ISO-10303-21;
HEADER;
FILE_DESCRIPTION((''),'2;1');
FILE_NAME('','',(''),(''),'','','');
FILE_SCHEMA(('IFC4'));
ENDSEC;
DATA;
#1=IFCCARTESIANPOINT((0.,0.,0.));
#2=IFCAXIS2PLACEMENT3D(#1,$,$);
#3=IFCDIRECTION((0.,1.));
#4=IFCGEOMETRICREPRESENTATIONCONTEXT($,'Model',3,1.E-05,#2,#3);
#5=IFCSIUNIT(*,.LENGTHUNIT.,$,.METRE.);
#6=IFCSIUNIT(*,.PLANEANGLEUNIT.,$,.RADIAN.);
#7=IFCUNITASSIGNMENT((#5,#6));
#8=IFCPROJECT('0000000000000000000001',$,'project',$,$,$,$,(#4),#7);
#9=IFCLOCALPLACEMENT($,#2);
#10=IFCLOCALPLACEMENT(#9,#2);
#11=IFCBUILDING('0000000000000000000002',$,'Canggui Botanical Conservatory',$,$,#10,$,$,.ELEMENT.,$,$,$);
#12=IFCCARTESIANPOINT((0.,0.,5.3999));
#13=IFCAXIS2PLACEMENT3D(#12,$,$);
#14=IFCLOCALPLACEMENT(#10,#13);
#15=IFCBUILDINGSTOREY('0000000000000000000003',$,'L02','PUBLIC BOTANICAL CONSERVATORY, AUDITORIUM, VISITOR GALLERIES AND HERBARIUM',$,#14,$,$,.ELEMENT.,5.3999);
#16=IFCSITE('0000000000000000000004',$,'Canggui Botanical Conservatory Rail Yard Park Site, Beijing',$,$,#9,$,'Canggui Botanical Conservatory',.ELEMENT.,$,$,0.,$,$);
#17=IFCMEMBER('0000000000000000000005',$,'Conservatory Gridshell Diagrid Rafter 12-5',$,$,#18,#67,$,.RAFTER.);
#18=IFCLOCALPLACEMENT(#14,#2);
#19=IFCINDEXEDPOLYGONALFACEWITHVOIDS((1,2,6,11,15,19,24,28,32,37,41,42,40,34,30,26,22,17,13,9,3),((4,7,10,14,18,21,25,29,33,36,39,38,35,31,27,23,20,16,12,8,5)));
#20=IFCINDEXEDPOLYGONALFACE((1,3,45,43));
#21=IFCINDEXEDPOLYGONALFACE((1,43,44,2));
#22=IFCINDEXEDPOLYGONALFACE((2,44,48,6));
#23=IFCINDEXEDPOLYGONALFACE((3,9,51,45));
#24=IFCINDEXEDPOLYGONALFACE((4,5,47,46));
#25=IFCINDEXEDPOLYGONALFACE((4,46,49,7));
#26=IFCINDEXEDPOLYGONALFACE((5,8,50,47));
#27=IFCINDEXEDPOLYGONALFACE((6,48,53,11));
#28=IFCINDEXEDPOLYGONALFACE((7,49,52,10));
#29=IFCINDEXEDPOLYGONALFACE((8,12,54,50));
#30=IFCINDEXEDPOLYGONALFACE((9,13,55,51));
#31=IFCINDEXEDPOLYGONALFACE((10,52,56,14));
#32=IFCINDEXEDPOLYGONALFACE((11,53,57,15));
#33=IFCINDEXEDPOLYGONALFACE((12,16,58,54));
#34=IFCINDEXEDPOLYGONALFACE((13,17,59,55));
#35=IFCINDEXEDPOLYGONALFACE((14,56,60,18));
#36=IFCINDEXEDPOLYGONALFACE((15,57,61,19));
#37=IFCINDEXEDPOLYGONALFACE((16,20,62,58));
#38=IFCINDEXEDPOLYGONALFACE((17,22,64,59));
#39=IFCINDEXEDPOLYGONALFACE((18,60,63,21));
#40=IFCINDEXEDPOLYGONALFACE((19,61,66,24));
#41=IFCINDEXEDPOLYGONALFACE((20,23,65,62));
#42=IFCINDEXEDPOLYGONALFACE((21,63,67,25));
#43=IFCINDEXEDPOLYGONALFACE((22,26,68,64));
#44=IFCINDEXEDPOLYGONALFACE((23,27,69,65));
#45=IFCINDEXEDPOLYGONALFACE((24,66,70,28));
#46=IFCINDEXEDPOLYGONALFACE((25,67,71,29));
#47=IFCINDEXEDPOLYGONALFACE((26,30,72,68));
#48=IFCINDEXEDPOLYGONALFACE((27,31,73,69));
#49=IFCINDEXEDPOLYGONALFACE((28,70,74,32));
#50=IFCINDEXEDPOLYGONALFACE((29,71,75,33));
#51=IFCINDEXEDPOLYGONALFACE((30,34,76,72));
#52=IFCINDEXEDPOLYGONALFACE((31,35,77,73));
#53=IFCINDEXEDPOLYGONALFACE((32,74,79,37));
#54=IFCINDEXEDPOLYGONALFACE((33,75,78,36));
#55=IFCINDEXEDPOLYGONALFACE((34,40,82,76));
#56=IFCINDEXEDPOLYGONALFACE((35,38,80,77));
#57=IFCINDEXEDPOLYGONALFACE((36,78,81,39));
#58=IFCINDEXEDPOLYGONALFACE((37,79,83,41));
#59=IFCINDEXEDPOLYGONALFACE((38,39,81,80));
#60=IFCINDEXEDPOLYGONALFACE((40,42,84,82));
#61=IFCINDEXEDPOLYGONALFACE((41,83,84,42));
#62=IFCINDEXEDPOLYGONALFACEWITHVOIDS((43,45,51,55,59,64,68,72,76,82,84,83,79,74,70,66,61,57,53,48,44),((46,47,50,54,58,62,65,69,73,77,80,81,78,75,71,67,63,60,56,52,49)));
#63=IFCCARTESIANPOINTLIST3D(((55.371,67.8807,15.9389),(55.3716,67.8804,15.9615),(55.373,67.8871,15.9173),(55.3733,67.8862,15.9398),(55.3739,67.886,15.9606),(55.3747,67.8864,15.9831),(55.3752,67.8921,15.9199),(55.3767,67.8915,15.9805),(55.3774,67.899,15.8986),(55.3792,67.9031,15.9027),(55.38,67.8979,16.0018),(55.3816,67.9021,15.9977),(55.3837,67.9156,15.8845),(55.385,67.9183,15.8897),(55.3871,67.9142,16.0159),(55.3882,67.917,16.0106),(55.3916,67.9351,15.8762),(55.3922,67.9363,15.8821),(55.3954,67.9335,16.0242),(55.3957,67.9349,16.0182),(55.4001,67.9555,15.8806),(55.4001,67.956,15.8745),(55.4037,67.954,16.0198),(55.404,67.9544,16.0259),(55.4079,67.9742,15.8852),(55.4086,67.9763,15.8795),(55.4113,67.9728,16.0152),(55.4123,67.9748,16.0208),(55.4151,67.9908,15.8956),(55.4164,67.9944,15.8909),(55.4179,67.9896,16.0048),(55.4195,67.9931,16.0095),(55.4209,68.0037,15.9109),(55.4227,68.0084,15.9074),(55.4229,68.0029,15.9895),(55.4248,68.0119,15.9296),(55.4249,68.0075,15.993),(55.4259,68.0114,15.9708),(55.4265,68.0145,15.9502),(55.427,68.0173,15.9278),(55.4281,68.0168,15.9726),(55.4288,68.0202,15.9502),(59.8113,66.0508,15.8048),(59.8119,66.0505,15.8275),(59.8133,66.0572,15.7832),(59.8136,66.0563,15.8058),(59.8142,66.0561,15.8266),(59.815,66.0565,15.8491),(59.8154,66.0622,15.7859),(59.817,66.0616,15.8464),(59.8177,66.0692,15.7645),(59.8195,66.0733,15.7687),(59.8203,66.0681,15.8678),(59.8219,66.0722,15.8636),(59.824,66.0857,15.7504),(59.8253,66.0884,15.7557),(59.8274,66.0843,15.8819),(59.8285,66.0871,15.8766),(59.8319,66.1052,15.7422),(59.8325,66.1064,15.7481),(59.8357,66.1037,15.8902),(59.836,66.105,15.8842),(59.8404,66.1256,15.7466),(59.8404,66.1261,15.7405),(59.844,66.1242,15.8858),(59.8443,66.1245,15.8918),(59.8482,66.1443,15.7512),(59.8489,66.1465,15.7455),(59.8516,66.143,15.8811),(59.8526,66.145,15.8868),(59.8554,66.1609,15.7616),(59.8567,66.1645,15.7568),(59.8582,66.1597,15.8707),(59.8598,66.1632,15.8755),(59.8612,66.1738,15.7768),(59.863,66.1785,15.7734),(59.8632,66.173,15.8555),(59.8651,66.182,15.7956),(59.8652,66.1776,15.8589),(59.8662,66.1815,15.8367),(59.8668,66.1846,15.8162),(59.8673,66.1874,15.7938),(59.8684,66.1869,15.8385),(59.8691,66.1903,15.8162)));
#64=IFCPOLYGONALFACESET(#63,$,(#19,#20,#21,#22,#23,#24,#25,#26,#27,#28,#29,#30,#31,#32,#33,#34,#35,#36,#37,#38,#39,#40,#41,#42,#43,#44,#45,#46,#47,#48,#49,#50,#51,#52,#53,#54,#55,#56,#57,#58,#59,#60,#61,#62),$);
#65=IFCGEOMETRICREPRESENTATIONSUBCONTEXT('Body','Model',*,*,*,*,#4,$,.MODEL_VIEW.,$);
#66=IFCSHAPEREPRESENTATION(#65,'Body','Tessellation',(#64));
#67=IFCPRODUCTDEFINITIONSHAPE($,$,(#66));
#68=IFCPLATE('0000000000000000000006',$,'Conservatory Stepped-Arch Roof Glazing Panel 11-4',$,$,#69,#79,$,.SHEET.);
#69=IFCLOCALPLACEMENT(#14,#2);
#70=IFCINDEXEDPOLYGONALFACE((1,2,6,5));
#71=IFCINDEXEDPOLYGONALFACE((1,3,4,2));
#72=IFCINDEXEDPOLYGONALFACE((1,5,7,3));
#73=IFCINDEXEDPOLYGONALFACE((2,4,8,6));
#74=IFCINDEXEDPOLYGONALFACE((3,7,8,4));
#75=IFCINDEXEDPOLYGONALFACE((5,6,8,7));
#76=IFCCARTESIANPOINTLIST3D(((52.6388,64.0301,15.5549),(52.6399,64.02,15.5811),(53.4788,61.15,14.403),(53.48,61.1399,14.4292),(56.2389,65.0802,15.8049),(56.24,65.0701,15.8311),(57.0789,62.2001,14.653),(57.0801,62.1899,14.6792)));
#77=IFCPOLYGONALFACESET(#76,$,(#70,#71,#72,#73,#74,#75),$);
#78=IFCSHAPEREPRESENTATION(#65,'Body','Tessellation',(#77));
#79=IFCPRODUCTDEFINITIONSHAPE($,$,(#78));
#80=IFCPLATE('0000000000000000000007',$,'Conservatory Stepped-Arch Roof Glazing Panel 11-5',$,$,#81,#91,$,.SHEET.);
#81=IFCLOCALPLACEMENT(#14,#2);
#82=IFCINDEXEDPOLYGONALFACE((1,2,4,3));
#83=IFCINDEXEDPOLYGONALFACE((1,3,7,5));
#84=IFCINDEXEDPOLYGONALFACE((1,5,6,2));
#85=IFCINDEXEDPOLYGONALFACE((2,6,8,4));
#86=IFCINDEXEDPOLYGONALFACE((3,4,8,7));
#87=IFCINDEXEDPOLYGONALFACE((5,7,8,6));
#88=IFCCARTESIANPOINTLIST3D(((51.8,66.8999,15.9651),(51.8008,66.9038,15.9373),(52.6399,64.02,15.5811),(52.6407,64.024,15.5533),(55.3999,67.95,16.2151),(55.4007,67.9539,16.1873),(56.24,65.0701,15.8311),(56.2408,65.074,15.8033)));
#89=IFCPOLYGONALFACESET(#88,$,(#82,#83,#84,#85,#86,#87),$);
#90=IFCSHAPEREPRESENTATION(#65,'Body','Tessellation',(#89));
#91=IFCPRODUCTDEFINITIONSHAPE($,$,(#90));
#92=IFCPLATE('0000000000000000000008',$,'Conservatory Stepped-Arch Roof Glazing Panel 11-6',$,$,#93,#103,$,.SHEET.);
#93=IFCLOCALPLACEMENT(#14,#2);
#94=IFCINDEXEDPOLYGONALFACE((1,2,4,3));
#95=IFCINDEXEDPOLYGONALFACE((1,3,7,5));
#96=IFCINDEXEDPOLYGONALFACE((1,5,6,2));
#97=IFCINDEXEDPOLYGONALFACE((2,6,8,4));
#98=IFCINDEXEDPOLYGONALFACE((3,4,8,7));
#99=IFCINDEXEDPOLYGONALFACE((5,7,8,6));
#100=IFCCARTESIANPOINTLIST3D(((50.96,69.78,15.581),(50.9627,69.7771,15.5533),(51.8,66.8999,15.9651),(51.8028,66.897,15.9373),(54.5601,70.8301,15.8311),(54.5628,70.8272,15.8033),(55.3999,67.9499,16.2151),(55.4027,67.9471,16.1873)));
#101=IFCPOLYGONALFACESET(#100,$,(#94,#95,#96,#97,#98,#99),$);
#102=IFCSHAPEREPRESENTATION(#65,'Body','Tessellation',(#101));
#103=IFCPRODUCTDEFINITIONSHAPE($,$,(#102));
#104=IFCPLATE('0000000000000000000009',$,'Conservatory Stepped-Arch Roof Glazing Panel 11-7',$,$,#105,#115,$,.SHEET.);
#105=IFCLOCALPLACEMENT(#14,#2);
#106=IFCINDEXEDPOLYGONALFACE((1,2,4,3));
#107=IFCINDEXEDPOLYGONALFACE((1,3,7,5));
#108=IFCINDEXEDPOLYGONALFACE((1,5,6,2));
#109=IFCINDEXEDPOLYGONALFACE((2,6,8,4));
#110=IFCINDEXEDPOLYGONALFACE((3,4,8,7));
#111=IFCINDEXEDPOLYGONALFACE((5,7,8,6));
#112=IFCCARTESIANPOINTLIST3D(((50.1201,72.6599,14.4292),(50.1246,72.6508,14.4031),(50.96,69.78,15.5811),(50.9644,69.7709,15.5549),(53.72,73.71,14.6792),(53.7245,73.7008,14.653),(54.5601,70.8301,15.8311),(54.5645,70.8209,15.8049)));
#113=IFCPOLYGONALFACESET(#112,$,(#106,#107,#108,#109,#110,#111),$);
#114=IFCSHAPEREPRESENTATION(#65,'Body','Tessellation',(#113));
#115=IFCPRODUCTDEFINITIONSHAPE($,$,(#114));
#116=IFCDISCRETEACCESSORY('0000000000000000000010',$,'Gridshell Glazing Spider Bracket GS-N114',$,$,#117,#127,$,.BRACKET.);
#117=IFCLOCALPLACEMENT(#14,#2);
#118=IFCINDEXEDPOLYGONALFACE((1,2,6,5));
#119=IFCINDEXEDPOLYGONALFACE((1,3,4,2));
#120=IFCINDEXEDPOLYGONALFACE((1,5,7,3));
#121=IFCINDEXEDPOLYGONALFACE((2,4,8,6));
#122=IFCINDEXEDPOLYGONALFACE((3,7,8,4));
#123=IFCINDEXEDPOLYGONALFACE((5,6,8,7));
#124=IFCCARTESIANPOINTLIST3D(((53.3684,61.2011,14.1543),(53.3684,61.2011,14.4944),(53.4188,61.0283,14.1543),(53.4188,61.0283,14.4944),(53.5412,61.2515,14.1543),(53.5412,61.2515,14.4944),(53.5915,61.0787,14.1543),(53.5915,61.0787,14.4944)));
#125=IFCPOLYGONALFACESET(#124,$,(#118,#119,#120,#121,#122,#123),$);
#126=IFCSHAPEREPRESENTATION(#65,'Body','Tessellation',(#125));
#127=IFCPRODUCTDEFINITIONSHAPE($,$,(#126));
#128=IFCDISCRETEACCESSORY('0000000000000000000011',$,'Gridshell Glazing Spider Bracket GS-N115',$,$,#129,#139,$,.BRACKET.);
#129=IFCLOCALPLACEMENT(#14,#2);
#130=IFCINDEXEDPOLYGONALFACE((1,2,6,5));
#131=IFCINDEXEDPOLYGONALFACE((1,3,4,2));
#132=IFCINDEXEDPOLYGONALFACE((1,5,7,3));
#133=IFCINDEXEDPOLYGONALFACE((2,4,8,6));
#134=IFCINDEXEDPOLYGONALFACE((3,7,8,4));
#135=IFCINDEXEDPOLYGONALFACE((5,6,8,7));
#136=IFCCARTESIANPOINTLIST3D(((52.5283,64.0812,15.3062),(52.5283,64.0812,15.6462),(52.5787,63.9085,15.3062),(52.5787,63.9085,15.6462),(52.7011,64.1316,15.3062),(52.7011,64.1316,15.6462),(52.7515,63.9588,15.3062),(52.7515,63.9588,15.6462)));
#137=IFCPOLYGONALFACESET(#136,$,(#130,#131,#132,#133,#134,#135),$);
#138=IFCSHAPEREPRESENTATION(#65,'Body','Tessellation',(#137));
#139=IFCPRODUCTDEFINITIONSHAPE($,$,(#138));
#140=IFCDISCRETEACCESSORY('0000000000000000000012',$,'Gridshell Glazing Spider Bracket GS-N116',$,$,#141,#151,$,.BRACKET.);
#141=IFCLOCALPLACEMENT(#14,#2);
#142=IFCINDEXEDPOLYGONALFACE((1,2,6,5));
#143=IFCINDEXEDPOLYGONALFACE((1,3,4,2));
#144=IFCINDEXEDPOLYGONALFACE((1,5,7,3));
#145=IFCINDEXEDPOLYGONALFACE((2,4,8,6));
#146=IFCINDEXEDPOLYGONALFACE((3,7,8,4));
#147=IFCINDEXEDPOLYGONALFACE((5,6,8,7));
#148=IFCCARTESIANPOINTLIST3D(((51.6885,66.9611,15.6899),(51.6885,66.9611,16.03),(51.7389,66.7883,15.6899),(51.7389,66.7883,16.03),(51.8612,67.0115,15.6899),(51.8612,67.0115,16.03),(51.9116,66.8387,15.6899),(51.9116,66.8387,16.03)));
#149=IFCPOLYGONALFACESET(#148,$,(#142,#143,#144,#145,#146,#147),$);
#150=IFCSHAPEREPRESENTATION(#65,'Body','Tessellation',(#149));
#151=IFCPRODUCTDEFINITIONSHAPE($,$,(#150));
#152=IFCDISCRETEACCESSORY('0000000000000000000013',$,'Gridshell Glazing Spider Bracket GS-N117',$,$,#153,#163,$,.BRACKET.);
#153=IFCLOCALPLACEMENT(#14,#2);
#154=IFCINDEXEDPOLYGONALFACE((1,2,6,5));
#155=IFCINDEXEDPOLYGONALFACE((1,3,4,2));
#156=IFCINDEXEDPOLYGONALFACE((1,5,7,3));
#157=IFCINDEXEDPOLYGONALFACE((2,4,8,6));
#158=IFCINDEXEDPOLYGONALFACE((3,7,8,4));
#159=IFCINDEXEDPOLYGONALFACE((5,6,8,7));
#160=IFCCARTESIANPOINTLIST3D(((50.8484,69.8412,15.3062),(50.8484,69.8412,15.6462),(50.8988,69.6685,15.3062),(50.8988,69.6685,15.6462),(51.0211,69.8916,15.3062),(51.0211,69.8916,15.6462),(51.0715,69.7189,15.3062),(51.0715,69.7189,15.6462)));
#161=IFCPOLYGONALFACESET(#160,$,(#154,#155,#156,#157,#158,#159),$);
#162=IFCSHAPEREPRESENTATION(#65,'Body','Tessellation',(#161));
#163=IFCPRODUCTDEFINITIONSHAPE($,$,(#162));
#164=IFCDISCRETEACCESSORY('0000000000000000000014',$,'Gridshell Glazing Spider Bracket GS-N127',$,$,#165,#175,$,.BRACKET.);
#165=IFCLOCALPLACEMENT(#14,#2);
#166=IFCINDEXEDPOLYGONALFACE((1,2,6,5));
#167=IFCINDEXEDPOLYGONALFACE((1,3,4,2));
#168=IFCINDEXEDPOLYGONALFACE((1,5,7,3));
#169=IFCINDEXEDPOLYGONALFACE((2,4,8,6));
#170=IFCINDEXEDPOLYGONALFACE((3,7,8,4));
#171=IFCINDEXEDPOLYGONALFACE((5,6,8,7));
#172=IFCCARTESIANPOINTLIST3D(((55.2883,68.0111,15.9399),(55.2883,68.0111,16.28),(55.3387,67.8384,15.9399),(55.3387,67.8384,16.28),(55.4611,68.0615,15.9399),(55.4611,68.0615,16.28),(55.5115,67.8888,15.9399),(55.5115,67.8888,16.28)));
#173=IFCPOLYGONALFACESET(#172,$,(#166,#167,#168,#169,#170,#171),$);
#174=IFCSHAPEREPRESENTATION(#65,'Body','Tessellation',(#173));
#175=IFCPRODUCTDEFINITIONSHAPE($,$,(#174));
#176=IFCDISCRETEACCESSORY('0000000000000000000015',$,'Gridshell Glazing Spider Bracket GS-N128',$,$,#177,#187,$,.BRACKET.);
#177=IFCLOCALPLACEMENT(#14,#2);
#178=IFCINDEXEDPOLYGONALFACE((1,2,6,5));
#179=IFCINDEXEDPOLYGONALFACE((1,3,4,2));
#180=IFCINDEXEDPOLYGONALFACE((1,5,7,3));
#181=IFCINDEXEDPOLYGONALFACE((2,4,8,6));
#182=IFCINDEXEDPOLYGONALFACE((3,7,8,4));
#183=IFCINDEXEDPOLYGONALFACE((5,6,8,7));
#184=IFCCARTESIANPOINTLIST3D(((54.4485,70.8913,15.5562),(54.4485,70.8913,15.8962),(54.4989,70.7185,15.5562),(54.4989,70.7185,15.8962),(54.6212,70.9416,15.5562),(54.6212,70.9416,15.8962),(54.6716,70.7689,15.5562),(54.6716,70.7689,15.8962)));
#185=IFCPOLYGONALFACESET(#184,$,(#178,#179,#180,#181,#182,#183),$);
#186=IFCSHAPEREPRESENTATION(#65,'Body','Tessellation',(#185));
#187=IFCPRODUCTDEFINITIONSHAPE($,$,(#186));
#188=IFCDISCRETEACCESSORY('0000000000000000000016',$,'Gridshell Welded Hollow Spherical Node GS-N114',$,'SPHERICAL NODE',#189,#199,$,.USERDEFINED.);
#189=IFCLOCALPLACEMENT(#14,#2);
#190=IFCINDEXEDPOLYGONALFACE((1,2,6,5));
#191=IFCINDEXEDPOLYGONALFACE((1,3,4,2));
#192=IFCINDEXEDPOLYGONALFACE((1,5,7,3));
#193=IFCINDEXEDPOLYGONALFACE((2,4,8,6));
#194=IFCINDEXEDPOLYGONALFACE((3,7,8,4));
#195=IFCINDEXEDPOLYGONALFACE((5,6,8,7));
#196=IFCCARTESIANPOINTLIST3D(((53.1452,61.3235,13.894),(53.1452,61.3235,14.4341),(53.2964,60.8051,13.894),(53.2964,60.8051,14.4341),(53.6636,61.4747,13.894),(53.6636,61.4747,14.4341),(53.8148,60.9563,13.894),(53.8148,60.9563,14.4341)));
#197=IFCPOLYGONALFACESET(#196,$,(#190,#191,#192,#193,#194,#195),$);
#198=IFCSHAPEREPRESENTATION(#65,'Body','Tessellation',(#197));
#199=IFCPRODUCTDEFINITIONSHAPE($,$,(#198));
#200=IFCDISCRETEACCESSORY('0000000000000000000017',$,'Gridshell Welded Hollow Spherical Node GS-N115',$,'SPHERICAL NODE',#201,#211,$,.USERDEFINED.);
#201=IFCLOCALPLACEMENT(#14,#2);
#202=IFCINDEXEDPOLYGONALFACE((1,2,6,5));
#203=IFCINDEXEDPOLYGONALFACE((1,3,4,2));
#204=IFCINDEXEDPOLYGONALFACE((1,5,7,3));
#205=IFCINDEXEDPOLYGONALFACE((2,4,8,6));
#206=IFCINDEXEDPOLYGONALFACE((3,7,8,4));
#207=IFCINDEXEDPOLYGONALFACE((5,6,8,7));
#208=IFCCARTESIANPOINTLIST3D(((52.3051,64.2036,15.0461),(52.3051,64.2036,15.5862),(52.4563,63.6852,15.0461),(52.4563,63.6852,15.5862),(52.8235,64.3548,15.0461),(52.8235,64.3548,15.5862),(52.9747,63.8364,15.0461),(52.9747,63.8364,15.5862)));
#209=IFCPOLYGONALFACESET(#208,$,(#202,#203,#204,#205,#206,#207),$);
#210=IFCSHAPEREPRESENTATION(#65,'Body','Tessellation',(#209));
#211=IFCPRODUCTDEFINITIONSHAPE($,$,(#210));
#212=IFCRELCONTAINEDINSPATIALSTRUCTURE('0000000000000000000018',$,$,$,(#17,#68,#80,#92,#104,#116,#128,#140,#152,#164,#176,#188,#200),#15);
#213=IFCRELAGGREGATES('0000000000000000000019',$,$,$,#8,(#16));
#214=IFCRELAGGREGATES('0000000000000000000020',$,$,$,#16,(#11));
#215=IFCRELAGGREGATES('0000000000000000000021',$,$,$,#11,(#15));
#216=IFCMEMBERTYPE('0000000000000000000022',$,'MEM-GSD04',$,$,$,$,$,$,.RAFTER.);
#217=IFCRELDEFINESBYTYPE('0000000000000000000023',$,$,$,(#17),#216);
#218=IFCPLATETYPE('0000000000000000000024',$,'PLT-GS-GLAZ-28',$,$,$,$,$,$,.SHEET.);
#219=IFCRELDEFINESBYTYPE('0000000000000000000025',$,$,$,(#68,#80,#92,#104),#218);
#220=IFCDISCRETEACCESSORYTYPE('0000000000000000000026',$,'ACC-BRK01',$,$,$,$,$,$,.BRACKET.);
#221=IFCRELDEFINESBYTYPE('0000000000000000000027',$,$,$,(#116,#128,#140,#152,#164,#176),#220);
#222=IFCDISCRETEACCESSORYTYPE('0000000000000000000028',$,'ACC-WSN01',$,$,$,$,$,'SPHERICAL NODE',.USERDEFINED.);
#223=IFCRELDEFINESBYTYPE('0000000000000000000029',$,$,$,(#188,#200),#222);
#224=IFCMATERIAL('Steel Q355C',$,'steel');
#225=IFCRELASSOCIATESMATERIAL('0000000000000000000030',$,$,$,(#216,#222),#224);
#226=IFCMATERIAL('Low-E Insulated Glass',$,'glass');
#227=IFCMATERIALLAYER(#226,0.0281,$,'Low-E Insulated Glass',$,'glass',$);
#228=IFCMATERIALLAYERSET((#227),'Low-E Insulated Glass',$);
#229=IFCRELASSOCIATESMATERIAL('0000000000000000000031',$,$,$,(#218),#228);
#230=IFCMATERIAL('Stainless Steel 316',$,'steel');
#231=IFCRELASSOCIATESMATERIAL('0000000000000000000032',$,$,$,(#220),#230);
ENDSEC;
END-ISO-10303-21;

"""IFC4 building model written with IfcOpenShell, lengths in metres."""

from ifc_helpers import new_model, si_unit, direction, frame, origin, origin_2d, place, context, subcontext, project, spatial, polyline, rectangle, hollow_circle, outline, extrude, material, layer, layer_set, material_profile, profile_set, type_object, element, save


model = new_model("IFC4")

# Units and contexts
model_context = context("Model", 3, precision=1e-05, world=origin(), true_north=direction((0.0, 1.0)))
body_context = subcontext(model_context, "Body", "Model", "MODEL_VIEW")
ifc_project = project(units=[si_unit("LENGTHUNIT", "METRE"), si_unit("PLANEANGLEUNIT", "RADIAN")], contexts=[model_context])

# Site, building, storey
site_placement = place(None, origin())
site = spatial("IfcSite", under=ifc_project, at=site_placement, Name="Canggui Botanical Conservatory Rail Yard Park Site, Beijing", LongName="Canggui Botanical Conservatory", CompositionType="ELEMENT", RefElevation=0.0)
building_placement = place(site_placement, origin())
building = spatial("IfcBuilding", under=site, at=building_placement, Name="Canggui Botanical Conservatory", CompositionType="ELEMENT")
storey_placement = place(building_placement, frame((0.0, 0.0, 5.3999)))
storey = spatial("IfcBuildingStorey", under=building, at=storey_placement, Name="L02", Description="PUBLIC BOTANICAL CONSERVATORY, AUDITORIUM, VISITOR GALLERIES AND HERBARIUM", CompositionType="ELEMENT", Elevation=5.3999)

# Shared definitions
ifc_material_1 = material(Name="Steel Q355C", Category="steel")

# Member
ifc_material_profile_1 = material_profile(ifc_material_1, hollow_circle(Radius=0.0759, WallThickness=0.0061, at=origin_2d()), Name="CHS 152x6")
ifc_profile_set_1 = profile_set([ifc_material_profile_1], Name="Steel Q355C")
member_type_1 = type_object("IfcMemberType", Name="MEM-GSD04", PredefinedType="RAFTER", material=ifc_profile_set_1)
member_1_placement = place(storey_placement, frame((55.3999, 67.95, 15.9502), z_axis=(0.924207, -0.380873, -0.027898), x_axis=(0.381021, 0.924566, 0.0)))
element("IfcMember", 1, at=member_1_placement, inside=storey, type_object=member_type_1, Name="Conservatory Gridshell Diagrid Rafter 12-5", PredefinedType="RAFTER", context=body_context, shape_type="SweptSolid", body=[
    extrude(hollow_circle(Radius=0.0759, WallThickness=0.0061, at=origin_2d()), origin(), (0.0, 0.0, 1.0), 4.8044),
])

# Plates
ifc_material_2 = material(Name="Low-E Insulated Glass", Category="glass")
ifc_layer = layer(ifc_material_2, 0.0281, Name="Low-E Insulated Glass", Category="glass")
ifc_layer_set = layer_set([ifc_layer], Name="Low-E Insulated Glass")
plate_type = type_object("IfcPlateType", Name="PLT-GS-GLAZ-28", PredefinedType="SHEET", material=ifc_layer_set)
plate_1_placement = place(storey_placement, frame((53.48, 61.1399, 14.4292), z_axis=(0.040536, -0.360815, 0.931756), x_axis=(0.957872, 0.279385, 0.066517)))
element("IfcPlate", 2, at=plate_1_placement, inside=storey, type_object=plate_type, Name="Conservatory Stepped-Arch Roof Glazing Panel 11-4", PredefinedType="SHEET", context=body_context, shape_type="SweptSolid", body=[
    extrude(outline(polyline([(0.0, 0.0), (3.7584, 0.0), (3.835, 3.2128), (0.0766, 3.2128), (0.0, 0.0)])), origin(), (0.0, 0.0, -1.0), 0.0281),
])
plate_2_placement = place(storey_placement, frame((52.6399, 64.02, 15.5811), z_axis=(-0.027865, -0.14011, 0.989744), x_axis=(0.957872, 0.279385, 0.066518)))
element("IfcPlate", 3, at=plate_2_placement, inside=storey, type_object=plate_type, Name="Conservatory Stepped-Arch Roof Glazing Panel 11-5", PredefinedType="SHEET", context=body_context, shape_type="SweptSolid", body=[
    extrude(outline(polyline([(0.0, 0.0), (3.7584, 0.0), (3.7839, 3.0243), (0.0257, 3.0242), (0.0, 0.0)])), origin(), (0.0, 0.0, -1.0), 0.0281),
])
plate_3_placement = place(storey_placement, frame((51.8, 66.8999, 15.9651), z_axis=(-0.09882, 0.103151, 0.989745), x_axis=(0.957867, 0.279402, 0.066518)))
element("IfcPlate", 4, at=plate_3_placement, inside=storey, type_object=plate_type, Name="Conservatory Stepped-Arch Roof Glazing Panel 11-6", PredefinedType="SHEET", context=body_context, shape_type="SweptSolid", body=[
    extrude(outline(polyline([(0.0, 0.0), (3.7582, 0.0), (3.7329, 3.0245), (-0.0255, 3.0245), (0.0, 0.0)])), origin(), (0.0, 0.0, -1.0), 0.0281),
])
plate_4_placement = place(storey_placement, frame((50.96, 69.78, 15.5811), z_axis=(-0.159809, 0.326055, 0.931745), x_axis=(0.957872, 0.279387, 0.066522)))
element("IfcPlate", 5, at=plate_4_placement, inside=storey, type_object=plate_type, Name="Conservatory Stepped-Arch Roof Glazing Panel 11-7", PredefinedType="SHEET", context=body_context, shape_type="SweptSolid", body=[
    extrude(outline(polyline([(0.0, 0.0), (3.7584, 0.0), (3.6817, 3.2125), (-0.0765, 3.2125), (0.0, 0.0)])), origin(), (0.0, 0.0, -1.0), 0.0281),
])

# Discrete accessories
ifc_material_3 = material(Name="Stainless Steel 316", Category="steel")
discrete_accessory_type_1 = type_object("IfcDiscreteAccessoryType", Name="ACC-BRK01", PredefinedType="BRACKET", material=ifc_material_3)
for number, where, z_axis, x_axis, name in (
    (6, (53.48, 61.1399, 14.1543), (0.0, 0.0, 1.0), (0.96, 0.28, 0.0), "Gridshell Glazing Spider Bracket GS-N114"),
    (7, (52.6399, 64.02, 15.3062), (0.0, 0.0, 1.0), (0.96, 0.28, 0.0), "Gridshell Glazing Spider Bracket GS-N115"),
    (8, (51.8, 66.8999, 15.6899), (0.0, 0.0, 1.0), (0.96, 0.28, 0.0), "Gridshell Glazing Spider Bracket GS-N116"),
    (9, (50.96, 69.78, 15.3062), (0.0, 0.0, 1.0), (0.96, 0.28, 0.0), "Gridshell Glazing Spider Bracket GS-N117"),
    (10, (55.3999, 67.95, 15.9399), (0.0, 0.0, 1.0), (0.96, 0.28, 0.0), "Gridshell Glazing Spider Bracket GS-N127"),
    (11, (54.5601, 70.8301, 15.5562), (0.0, 0.0, 1.0), (0.96, 0.28, 0.0), "Gridshell Glazing Spider Bracket GS-N128"),
):
    element("IfcDiscreteAccessory", number, at=place(storey_placement, frame(where, z_axis=z_axis, x_axis=x_axis)), inside=storey, type_object=discrete_accessory_type_1, Name=name, PredefinedType="BRACKET", context=body_context, shape_type="SweptSolid", body=[
        extrude(rectangle(XDim=0.1799, YDim=0.1799, at=origin_2d()), origin(), (0.0, 0.0, 1.0), 0.3401),
    ])
discrete_accessory_type_2 = type_object("IfcDiscreteAccessoryType", Name="ACC-WSN01", ElementType="SPHERICAL NODE", PredefinedType="USERDEFINED", material=ifc_material_1)
for number, where, z_axis, x_axis, name in (
    (12, (53.48, 61.1399, 13.894), (0.0, 0.0, 1.0), (0.96, 0.28, 0.0), "Gridshell Welded Hollow Spherical Node GS-N114"),
    (13, (52.6399, 64.02, 15.0461), (0.0, 0.0, 1.0), (0.96, 0.28, 0.0), "Gridshell Welded Hollow Spherical Node GS-N115"),
):
    element("IfcDiscreteAccessory", number, at=place(storey_placement, frame(where, z_axis=z_axis, x_axis=x_axis)), inside=storey, type_object=discrete_accessory_type_2, Name=name, ObjectType="SPHERICAL NODE", PredefinedType="USERDEFINED", context=body_context, shape_type="SweptSolid", body=[
        extrude(rectangle(XDim=0.54, YDim=0.54, at=origin_2d()), origin(), (0.0, 0.0, 1.0), 0.54),
    ])

save(model, "model.ifc")
